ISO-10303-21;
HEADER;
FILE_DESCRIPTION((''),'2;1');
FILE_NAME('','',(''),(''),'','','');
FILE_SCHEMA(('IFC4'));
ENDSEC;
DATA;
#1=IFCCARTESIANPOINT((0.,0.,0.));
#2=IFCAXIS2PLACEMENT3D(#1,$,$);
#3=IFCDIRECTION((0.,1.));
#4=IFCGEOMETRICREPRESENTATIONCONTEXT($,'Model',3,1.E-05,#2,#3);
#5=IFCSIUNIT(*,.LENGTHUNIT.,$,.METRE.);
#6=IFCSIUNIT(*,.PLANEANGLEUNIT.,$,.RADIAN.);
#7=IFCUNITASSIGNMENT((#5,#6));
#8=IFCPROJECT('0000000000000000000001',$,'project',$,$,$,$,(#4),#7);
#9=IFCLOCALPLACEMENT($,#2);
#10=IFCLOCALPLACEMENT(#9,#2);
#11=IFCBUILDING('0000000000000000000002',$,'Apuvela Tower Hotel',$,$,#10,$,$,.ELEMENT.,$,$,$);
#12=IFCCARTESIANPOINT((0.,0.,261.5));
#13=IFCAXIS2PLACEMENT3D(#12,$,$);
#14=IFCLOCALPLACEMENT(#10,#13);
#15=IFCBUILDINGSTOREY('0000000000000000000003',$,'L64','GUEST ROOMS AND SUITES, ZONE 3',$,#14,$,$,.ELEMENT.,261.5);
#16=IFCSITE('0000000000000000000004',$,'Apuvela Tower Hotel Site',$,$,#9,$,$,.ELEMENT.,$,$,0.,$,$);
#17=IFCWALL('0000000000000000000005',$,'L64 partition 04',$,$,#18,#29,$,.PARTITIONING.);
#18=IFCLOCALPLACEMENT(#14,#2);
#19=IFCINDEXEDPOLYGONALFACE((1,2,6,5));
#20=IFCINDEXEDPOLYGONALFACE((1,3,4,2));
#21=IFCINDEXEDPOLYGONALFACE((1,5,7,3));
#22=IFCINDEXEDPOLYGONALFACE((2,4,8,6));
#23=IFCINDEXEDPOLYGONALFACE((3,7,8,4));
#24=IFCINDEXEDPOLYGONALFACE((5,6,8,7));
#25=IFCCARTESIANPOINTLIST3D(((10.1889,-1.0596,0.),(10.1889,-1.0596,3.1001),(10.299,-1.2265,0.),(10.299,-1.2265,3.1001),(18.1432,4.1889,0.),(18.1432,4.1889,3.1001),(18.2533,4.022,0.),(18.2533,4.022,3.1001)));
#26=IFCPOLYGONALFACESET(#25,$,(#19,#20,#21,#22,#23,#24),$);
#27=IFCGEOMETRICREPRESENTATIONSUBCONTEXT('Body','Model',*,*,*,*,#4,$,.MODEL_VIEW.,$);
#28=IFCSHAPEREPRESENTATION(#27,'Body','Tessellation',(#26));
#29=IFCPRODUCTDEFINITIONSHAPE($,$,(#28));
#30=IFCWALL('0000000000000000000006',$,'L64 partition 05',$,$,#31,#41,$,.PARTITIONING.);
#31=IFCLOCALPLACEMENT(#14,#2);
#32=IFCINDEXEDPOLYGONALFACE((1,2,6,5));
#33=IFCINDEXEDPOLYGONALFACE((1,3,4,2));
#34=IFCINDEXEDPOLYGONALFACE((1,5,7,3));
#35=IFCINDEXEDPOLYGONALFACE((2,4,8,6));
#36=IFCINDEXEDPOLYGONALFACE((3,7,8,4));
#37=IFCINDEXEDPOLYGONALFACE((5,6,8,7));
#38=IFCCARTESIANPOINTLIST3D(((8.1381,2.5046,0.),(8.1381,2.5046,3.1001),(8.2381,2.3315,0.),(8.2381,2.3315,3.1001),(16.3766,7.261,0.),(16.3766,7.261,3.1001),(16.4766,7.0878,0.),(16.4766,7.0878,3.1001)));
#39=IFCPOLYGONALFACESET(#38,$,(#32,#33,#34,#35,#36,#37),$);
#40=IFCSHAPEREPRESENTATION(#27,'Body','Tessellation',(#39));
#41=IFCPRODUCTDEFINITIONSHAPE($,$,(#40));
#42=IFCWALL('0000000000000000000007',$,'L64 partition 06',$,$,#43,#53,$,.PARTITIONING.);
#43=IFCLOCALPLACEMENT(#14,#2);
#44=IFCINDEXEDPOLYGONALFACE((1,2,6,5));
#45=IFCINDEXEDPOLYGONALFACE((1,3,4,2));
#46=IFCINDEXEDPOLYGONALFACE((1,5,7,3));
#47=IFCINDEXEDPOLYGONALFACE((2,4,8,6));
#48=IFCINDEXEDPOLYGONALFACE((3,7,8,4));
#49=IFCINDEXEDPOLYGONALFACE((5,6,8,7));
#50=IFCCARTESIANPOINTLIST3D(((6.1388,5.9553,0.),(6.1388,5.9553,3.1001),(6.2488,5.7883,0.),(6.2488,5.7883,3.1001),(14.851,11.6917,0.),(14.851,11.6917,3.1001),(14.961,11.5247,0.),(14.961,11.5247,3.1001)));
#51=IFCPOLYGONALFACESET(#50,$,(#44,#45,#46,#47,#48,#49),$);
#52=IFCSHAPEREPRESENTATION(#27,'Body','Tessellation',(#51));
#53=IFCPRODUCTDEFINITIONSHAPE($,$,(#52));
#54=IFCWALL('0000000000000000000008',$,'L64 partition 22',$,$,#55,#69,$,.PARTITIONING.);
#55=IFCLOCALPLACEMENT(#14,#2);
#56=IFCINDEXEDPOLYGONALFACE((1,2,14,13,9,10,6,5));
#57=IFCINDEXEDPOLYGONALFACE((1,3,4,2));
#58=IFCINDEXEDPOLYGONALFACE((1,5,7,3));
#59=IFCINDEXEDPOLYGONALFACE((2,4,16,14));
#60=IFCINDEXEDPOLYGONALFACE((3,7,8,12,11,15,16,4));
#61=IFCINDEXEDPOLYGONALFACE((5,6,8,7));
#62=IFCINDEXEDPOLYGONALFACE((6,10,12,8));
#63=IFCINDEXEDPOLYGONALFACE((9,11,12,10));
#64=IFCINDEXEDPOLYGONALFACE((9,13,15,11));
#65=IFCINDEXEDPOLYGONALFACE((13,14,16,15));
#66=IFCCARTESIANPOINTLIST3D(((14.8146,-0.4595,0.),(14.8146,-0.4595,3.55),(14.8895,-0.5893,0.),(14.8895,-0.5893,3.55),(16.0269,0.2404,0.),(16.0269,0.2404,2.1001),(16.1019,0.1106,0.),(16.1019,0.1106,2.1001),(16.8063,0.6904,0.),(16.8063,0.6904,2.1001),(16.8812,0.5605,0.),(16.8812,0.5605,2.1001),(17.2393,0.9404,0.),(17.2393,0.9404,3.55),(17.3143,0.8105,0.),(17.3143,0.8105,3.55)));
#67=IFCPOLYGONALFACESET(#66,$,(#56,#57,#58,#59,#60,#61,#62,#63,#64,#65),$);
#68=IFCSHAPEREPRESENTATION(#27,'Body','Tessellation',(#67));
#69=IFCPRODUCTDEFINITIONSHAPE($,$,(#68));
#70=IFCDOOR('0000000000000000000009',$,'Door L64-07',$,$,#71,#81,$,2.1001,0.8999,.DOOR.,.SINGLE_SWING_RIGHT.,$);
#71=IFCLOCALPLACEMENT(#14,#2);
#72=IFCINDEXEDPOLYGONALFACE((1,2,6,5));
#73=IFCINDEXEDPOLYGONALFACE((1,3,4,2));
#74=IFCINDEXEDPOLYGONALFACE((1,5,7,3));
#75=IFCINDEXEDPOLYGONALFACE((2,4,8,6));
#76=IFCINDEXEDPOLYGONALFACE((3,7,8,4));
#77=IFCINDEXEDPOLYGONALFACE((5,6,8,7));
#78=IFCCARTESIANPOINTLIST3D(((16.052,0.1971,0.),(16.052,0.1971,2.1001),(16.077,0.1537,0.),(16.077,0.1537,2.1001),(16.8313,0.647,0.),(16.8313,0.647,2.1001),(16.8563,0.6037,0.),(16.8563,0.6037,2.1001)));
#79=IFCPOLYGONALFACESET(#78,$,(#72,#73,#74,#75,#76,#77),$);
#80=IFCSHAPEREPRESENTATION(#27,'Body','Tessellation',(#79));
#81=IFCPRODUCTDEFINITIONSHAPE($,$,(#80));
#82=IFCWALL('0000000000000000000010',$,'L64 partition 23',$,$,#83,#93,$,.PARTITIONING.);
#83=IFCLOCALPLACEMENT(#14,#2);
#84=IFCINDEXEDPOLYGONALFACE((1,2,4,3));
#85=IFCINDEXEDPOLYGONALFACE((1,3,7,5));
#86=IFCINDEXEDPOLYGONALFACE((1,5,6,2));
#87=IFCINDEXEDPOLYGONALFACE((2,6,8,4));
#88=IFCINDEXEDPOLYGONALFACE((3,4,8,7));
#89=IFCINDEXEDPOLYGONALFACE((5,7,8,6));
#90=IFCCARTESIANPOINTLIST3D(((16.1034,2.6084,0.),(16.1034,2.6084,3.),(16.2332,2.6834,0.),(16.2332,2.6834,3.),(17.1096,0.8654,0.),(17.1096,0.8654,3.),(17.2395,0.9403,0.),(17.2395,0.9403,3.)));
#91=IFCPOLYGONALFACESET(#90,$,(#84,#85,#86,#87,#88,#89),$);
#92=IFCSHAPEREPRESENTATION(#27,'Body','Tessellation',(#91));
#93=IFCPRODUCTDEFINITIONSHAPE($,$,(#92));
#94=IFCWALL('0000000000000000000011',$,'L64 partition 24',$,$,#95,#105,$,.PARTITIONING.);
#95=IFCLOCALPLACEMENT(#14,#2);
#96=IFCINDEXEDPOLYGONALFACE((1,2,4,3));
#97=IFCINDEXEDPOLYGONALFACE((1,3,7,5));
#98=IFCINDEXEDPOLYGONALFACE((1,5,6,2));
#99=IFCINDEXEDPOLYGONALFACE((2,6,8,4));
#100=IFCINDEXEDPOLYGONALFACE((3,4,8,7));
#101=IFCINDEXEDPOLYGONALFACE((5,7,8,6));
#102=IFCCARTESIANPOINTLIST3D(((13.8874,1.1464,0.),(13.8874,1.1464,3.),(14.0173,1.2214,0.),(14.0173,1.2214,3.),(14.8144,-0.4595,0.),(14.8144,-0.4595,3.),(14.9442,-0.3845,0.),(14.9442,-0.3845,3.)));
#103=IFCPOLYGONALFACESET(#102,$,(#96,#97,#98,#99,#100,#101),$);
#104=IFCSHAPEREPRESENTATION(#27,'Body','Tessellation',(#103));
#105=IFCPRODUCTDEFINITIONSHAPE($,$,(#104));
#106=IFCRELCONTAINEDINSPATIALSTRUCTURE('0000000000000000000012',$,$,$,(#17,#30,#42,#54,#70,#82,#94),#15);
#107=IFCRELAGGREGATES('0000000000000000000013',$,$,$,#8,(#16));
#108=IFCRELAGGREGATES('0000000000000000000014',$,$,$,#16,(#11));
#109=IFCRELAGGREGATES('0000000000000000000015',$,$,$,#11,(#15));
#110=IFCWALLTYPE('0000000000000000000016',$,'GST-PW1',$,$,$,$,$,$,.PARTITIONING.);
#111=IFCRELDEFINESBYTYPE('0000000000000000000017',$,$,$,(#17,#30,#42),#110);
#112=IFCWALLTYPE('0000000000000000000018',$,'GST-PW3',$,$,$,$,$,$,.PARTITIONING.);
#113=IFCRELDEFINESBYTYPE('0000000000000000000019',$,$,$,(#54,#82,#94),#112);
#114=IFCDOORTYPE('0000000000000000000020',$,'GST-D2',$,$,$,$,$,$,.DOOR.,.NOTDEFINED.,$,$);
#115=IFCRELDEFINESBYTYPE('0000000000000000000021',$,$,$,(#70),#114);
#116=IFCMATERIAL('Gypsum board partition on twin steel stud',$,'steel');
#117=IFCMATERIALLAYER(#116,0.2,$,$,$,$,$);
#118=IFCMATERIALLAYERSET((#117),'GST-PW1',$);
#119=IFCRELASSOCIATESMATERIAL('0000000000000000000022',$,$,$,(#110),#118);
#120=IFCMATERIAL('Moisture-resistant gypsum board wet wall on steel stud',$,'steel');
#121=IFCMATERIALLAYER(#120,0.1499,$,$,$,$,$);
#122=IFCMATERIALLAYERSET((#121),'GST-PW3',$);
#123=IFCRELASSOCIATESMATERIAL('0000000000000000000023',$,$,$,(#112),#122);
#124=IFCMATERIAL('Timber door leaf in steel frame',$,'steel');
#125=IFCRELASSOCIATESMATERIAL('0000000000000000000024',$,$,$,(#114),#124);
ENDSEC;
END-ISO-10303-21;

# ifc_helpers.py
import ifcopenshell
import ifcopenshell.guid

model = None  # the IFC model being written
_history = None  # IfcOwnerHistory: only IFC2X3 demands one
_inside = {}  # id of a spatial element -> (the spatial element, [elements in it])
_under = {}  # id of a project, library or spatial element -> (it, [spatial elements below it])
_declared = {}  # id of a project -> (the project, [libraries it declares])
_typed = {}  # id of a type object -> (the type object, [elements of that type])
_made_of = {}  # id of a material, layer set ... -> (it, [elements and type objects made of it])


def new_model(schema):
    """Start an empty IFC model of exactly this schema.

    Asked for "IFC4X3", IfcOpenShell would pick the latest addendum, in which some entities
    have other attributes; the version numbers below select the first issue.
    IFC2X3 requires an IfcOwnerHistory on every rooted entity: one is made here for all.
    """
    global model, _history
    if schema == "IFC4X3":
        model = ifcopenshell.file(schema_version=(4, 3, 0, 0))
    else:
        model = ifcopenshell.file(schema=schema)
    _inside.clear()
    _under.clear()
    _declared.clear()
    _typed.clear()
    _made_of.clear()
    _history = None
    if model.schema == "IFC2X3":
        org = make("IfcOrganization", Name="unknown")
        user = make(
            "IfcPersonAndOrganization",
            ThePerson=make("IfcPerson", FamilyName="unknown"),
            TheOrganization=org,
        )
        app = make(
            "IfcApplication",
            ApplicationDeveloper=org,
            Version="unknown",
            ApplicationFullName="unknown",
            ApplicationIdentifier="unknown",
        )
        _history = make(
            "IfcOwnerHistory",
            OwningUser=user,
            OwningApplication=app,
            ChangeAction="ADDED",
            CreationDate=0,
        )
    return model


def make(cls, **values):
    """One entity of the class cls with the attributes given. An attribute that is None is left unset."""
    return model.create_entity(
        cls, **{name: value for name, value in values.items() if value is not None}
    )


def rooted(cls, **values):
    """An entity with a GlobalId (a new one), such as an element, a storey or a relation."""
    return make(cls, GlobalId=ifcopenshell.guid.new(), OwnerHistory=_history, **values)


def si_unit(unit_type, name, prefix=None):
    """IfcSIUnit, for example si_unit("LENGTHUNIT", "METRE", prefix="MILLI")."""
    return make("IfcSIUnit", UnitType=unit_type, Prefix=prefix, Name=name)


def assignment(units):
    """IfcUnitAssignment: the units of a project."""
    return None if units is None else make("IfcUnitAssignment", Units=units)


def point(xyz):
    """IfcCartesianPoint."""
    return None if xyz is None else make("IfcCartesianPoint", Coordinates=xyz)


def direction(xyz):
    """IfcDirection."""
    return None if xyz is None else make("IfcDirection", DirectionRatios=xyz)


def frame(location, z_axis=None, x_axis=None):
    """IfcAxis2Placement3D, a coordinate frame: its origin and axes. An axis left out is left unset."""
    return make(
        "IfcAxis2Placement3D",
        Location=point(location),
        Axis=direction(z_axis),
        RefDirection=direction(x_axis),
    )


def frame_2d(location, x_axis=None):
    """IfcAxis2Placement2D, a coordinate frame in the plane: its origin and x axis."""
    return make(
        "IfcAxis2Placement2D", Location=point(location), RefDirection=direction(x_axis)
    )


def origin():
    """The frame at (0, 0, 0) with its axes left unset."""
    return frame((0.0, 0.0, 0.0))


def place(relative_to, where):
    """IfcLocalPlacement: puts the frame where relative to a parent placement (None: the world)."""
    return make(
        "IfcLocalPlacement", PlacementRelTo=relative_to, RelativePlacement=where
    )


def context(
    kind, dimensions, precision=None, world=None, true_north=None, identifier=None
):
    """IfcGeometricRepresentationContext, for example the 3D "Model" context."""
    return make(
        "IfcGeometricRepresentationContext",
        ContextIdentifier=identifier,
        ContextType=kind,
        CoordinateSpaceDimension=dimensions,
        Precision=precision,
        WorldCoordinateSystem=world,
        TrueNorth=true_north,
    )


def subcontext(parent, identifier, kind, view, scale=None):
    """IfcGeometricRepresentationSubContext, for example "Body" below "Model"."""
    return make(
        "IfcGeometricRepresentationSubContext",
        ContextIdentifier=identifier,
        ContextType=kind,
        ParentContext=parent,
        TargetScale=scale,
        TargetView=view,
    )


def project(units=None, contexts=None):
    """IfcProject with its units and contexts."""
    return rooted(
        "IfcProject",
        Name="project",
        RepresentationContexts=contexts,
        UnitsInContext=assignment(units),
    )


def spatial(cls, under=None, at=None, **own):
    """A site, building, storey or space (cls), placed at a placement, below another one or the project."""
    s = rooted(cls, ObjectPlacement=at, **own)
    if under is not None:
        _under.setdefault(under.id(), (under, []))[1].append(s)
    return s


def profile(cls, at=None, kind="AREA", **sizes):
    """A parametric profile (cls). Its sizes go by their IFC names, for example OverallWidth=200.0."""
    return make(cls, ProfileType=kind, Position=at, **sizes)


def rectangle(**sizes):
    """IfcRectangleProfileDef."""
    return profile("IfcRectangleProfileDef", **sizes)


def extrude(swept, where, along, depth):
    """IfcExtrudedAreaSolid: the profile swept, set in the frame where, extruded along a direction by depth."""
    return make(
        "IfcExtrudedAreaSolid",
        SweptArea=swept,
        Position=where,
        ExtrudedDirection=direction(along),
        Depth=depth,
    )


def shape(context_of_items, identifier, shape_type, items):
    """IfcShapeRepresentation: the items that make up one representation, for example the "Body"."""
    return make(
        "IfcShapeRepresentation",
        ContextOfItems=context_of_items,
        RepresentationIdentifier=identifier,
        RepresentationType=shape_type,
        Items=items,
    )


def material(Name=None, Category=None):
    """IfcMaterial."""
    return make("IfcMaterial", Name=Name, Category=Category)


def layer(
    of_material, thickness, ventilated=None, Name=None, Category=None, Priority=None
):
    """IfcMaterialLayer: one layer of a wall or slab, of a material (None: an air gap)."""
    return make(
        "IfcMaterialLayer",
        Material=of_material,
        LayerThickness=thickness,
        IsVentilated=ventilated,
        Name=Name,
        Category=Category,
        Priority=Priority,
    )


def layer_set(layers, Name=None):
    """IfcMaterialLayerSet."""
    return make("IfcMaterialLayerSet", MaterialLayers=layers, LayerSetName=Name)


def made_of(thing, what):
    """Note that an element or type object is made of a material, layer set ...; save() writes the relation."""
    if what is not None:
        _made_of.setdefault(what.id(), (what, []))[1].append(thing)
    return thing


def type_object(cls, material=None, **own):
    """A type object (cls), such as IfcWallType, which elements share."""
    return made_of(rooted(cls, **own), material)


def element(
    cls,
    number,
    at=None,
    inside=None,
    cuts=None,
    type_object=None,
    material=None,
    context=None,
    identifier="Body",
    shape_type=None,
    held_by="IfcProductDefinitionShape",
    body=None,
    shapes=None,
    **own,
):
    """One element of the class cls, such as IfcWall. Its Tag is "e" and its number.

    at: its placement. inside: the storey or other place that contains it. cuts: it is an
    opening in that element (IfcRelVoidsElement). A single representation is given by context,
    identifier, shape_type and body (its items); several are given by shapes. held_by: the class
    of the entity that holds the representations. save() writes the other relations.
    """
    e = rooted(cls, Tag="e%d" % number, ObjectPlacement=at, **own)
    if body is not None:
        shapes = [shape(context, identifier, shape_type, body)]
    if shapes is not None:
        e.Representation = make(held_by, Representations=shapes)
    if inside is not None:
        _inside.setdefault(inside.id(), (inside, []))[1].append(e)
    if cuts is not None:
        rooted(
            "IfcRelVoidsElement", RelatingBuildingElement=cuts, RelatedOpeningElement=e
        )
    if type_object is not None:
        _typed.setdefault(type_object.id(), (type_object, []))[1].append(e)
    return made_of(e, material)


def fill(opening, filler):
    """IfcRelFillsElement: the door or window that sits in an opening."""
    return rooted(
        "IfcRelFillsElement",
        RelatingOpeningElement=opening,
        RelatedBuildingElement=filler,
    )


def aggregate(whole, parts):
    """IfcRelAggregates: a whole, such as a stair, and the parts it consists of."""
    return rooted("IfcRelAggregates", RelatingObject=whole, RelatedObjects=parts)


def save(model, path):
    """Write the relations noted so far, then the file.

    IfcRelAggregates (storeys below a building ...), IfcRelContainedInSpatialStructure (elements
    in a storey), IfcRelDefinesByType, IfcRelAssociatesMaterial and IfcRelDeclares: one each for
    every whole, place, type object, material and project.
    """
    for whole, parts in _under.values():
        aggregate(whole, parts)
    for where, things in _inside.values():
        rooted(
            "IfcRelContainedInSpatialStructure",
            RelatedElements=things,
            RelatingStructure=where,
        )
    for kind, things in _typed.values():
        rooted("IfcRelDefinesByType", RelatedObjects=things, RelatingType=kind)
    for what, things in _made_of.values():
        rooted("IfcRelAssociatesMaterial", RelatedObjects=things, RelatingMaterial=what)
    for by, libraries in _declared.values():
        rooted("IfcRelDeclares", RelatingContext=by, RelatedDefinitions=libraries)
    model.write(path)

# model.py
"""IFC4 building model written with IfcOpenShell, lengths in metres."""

from ifc_helpers import new_model, si_unit, direction, frame, frame_2d, origin, place, context, subcontext, project, spatial, rectangle, extrude, material, layer, layer_set, type_object, element, fill, save


model = new_model("IFC4")

# Units and contexts
model_context = context("Model", 3, precision=1e-05, world=origin(), true_north=direction((0.0, 1.0)))
body_context = subcontext(model_context, "Body", "Model", "MODEL_VIEW")
ifc_project = project(units=[si_unit("LENGTHUNIT", "METRE"), si_unit("PLANEANGLEUNIT", "RADIAN")], contexts=[model_context])

# Site, building, storey
site_placement = place(None, origin())
site = spatial("IfcSite", under=ifc_project, at=site_placement, Name="Apuvela Tower Hotel Site", CompositionType="ELEMENT", RefElevation=0.0)
building_placement = place(site_placement, origin())
building = spatial("IfcBuilding", under=site, at=building_placement, Name="Apuvela Tower Hotel", CompositionType="ELEMENT")
storey_placement = place(building_placement, frame((0.0, 0.0, 261.5)))
storey = spatial("IfcBuildingStorey", under=building, at=storey_placement, Name="L64", Description="GUEST ROOMS AND SUITES, ZONE 3", CompositionType="ELEMENT", Elevation=261.5)

# Walls
ifc_material_1 = material(Name="Gypsum board partition on twin steel stud", Category="steel")
ifc_layer_1 = layer(ifc_material_1, 0.2)
ifc_layer_set_1 = layer_set([ifc_layer_1], Name="GST-PW1")
wall_type_1 = type_object("IfcWallType", Name="GST-PW1", PredefinedType="PARTITIONING", material=ifc_layer_set_1)
wall_1_placement = place(storey_placement, frame((18.1982, 4.1055, 0.0), z_axis=(0.0, 0.0, 1.0), x_axis=(-0.834674, -0.550745, 0.0)))
element("IfcWall", 1, at=wall_1_placement, inside=storey, type_object=wall_type_1, Name="L64 partition 04", PredefinedType="PARTITIONING", context=body_context, shape_type="SweptSolid", body=[
    extrude(rectangle(XDim=9.5298, YDim=0.2, at=frame_2d((4.7649, 0.0))), origin(), (0.0, 0.0, 1.0), 3.1001),
])
wall_2_placement = place(storey_placement, frame((16.4265, 7.1743, 0.0), z_axis=(0.0, 0.0, 1.0), x_axis=(-0.866033, -0.499987, 0.0)))
element("IfcWall", 2, at=wall_2_placement, inside=storey, type_object=wall_type_1, Name="L64 partition 05", PredefinedType="PARTITIONING", context=body_context, shape_type="SweptSolid", body=[
    extrude(rectangle(XDim=9.5129, YDim=0.2, at=frame_2d((4.7563, 0.0))), origin(), (0.0, 0.0, 1.0), 3.1001),
])
wall_3_placement = place(storey_placement, frame((14.906, 11.6082, 0.0), z_axis=(0.0, 0.0, 1.0), x_axis=(-0.835213, -0.549927, 0.0)))
element("IfcWall", 3, at=wall_3_placement, inside=storey, type_object=wall_type_1, Name="L64 partition 06", PredefinedType="PARTITIONING", context=body_context, shape_type="SweptSolid", body=[
    extrude(rectangle(XDim=10.4312, YDim=0.2, at=frame_2d((5.2156, 0.0))), origin(), (0.0, 0.0, 1.0), 3.1001),
])

# Wall, opening, door
ifc_material_2 = material(Name="Moisture-resistant gypsum board wet wall on steel stud", Category="steel")
ifc_layer_2 = layer(ifc_material_2, 0.1499)
ifc_layer_set_2 = layer_set([ifc_layer_2], Name="GST-PW3")
wall_type_2 = type_object("IfcWallType", Name="GST-PW3", PredefinedType="PARTITIONING", material=ifc_layer_set_2)
wall_4_placement = place(storey_placement, frame((14.8521, -0.5244, 0.0), z_axis=(0.0, 0.0, 1.0), x_axis=(0.866035, 0.499984, 0.0)))
wall_4 = element("IfcWall", 4, at=wall_4_placement, inside=storey, type_object=wall_type_2, Name="L64 partition 22", PredefinedType="PARTITIONING", context=body_context, shape_type="SweptSolid", body=[
    extrude(rectangle(XDim=2.7998, YDim=0.1499, at=frame_2d((1.3999, 0.0))), origin(), (0.0, 0.0, 1.0), 3.55),
])
opening_1_placement = place(wall_4_placement, frame((1.3999, 0.0, 0.0)))
opening_1 = element("IfcOpeningElement", 5, at=opening_1_placement, cuts=wall_4, PredefinedType="OPENING", context=body_context, shape_type="SweptSolid", body=[
    extrude(rectangle(XDim=0.8999, YDim=2.1001, at=frame_2d((0.45, 1.05))), frame((0.0, 0.085, 0.0), z_axis=(0.0, -1.0, 0.0), x_axis=(1.0, 0.0, 0.0)), (0.0, 0.0, 1.0), 0.1699),
])
ifc_material_3 = material(Name="Timber door leaf in steel frame", Category="steel")
door_type_1 = type_object("IfcDoorType", Name="GST-D2", OperationType="NOTDEFINED", PredefinedType="DOOR", material=ifc_material_3)
door_1_placement = place(opening_1_placement, origin())
door_1 = element("IfcDoor", 6, at=door_1_placement, inside=storey, type_object=door_type_1, Name="Door L64-07", OperationType="SINGLE_SWING_RIGHT", OverallHeight=2.1001, OverallWidth=0.8999, PredefinedType="DOOR", context=body_context, shape_type="SweptSolid", body=[
    extrude(rectangle(XDim=0.8999, YDim=2.1001, at=frame_2d((0.45, 1.05))), frame((0.0, 0.0249, 0.0), z_axis=(0.0, -1.0, 0.0), x_axis=(1.0, 0.0, 0.0)), (0.0, 0.0, 1.0), 0.05),
])
fill(opening_1, door_1)

# Walls
wall_5_placement = place(storey_placement, frame((17.1746, 0.9028, 0.0), z_axis=(0.0, 0.0, 1.0), x_axis=(-0.499974, 0.86604, 0.0)))
element("IfcWall", 7, at=wall_5_placement, inside=storey, type_object=wall_type_2, Name="L64 partition 23", PredefinedType="PARTITIONING", context=body_context, shape_type="SweptSolid", body=[
    extrude(rectangle(XDim=2.0127, YDim=0.1499, at=frame_2d((1.0063, 0.0))), origin(), (0.0, 0.0, 1.0), 3.0),
])
wall_6_placement = place(storey_placement, frame((14.8794, -0.4221, 0.0), z_axis=(0.0, 0.0, 1.0), x_axis=(-0.49992, 0.866072, 0.0)))
element("IfcWall", 8, at=wall_6_placement, inside=storey, type_object=wall_type_2, Name="L64 partition 24", PredefinedType="PARTITIONING", context=body_context, shape_type="SweptSolid", body=[
    extrude(rectangle(XDim=1.8542, YDim=0.1499, at=frame_2d((0.9272, 0.0))), origin(), (0.0, 0.0, 1.0), 3.0),
])

save(model, "model.ifc")
